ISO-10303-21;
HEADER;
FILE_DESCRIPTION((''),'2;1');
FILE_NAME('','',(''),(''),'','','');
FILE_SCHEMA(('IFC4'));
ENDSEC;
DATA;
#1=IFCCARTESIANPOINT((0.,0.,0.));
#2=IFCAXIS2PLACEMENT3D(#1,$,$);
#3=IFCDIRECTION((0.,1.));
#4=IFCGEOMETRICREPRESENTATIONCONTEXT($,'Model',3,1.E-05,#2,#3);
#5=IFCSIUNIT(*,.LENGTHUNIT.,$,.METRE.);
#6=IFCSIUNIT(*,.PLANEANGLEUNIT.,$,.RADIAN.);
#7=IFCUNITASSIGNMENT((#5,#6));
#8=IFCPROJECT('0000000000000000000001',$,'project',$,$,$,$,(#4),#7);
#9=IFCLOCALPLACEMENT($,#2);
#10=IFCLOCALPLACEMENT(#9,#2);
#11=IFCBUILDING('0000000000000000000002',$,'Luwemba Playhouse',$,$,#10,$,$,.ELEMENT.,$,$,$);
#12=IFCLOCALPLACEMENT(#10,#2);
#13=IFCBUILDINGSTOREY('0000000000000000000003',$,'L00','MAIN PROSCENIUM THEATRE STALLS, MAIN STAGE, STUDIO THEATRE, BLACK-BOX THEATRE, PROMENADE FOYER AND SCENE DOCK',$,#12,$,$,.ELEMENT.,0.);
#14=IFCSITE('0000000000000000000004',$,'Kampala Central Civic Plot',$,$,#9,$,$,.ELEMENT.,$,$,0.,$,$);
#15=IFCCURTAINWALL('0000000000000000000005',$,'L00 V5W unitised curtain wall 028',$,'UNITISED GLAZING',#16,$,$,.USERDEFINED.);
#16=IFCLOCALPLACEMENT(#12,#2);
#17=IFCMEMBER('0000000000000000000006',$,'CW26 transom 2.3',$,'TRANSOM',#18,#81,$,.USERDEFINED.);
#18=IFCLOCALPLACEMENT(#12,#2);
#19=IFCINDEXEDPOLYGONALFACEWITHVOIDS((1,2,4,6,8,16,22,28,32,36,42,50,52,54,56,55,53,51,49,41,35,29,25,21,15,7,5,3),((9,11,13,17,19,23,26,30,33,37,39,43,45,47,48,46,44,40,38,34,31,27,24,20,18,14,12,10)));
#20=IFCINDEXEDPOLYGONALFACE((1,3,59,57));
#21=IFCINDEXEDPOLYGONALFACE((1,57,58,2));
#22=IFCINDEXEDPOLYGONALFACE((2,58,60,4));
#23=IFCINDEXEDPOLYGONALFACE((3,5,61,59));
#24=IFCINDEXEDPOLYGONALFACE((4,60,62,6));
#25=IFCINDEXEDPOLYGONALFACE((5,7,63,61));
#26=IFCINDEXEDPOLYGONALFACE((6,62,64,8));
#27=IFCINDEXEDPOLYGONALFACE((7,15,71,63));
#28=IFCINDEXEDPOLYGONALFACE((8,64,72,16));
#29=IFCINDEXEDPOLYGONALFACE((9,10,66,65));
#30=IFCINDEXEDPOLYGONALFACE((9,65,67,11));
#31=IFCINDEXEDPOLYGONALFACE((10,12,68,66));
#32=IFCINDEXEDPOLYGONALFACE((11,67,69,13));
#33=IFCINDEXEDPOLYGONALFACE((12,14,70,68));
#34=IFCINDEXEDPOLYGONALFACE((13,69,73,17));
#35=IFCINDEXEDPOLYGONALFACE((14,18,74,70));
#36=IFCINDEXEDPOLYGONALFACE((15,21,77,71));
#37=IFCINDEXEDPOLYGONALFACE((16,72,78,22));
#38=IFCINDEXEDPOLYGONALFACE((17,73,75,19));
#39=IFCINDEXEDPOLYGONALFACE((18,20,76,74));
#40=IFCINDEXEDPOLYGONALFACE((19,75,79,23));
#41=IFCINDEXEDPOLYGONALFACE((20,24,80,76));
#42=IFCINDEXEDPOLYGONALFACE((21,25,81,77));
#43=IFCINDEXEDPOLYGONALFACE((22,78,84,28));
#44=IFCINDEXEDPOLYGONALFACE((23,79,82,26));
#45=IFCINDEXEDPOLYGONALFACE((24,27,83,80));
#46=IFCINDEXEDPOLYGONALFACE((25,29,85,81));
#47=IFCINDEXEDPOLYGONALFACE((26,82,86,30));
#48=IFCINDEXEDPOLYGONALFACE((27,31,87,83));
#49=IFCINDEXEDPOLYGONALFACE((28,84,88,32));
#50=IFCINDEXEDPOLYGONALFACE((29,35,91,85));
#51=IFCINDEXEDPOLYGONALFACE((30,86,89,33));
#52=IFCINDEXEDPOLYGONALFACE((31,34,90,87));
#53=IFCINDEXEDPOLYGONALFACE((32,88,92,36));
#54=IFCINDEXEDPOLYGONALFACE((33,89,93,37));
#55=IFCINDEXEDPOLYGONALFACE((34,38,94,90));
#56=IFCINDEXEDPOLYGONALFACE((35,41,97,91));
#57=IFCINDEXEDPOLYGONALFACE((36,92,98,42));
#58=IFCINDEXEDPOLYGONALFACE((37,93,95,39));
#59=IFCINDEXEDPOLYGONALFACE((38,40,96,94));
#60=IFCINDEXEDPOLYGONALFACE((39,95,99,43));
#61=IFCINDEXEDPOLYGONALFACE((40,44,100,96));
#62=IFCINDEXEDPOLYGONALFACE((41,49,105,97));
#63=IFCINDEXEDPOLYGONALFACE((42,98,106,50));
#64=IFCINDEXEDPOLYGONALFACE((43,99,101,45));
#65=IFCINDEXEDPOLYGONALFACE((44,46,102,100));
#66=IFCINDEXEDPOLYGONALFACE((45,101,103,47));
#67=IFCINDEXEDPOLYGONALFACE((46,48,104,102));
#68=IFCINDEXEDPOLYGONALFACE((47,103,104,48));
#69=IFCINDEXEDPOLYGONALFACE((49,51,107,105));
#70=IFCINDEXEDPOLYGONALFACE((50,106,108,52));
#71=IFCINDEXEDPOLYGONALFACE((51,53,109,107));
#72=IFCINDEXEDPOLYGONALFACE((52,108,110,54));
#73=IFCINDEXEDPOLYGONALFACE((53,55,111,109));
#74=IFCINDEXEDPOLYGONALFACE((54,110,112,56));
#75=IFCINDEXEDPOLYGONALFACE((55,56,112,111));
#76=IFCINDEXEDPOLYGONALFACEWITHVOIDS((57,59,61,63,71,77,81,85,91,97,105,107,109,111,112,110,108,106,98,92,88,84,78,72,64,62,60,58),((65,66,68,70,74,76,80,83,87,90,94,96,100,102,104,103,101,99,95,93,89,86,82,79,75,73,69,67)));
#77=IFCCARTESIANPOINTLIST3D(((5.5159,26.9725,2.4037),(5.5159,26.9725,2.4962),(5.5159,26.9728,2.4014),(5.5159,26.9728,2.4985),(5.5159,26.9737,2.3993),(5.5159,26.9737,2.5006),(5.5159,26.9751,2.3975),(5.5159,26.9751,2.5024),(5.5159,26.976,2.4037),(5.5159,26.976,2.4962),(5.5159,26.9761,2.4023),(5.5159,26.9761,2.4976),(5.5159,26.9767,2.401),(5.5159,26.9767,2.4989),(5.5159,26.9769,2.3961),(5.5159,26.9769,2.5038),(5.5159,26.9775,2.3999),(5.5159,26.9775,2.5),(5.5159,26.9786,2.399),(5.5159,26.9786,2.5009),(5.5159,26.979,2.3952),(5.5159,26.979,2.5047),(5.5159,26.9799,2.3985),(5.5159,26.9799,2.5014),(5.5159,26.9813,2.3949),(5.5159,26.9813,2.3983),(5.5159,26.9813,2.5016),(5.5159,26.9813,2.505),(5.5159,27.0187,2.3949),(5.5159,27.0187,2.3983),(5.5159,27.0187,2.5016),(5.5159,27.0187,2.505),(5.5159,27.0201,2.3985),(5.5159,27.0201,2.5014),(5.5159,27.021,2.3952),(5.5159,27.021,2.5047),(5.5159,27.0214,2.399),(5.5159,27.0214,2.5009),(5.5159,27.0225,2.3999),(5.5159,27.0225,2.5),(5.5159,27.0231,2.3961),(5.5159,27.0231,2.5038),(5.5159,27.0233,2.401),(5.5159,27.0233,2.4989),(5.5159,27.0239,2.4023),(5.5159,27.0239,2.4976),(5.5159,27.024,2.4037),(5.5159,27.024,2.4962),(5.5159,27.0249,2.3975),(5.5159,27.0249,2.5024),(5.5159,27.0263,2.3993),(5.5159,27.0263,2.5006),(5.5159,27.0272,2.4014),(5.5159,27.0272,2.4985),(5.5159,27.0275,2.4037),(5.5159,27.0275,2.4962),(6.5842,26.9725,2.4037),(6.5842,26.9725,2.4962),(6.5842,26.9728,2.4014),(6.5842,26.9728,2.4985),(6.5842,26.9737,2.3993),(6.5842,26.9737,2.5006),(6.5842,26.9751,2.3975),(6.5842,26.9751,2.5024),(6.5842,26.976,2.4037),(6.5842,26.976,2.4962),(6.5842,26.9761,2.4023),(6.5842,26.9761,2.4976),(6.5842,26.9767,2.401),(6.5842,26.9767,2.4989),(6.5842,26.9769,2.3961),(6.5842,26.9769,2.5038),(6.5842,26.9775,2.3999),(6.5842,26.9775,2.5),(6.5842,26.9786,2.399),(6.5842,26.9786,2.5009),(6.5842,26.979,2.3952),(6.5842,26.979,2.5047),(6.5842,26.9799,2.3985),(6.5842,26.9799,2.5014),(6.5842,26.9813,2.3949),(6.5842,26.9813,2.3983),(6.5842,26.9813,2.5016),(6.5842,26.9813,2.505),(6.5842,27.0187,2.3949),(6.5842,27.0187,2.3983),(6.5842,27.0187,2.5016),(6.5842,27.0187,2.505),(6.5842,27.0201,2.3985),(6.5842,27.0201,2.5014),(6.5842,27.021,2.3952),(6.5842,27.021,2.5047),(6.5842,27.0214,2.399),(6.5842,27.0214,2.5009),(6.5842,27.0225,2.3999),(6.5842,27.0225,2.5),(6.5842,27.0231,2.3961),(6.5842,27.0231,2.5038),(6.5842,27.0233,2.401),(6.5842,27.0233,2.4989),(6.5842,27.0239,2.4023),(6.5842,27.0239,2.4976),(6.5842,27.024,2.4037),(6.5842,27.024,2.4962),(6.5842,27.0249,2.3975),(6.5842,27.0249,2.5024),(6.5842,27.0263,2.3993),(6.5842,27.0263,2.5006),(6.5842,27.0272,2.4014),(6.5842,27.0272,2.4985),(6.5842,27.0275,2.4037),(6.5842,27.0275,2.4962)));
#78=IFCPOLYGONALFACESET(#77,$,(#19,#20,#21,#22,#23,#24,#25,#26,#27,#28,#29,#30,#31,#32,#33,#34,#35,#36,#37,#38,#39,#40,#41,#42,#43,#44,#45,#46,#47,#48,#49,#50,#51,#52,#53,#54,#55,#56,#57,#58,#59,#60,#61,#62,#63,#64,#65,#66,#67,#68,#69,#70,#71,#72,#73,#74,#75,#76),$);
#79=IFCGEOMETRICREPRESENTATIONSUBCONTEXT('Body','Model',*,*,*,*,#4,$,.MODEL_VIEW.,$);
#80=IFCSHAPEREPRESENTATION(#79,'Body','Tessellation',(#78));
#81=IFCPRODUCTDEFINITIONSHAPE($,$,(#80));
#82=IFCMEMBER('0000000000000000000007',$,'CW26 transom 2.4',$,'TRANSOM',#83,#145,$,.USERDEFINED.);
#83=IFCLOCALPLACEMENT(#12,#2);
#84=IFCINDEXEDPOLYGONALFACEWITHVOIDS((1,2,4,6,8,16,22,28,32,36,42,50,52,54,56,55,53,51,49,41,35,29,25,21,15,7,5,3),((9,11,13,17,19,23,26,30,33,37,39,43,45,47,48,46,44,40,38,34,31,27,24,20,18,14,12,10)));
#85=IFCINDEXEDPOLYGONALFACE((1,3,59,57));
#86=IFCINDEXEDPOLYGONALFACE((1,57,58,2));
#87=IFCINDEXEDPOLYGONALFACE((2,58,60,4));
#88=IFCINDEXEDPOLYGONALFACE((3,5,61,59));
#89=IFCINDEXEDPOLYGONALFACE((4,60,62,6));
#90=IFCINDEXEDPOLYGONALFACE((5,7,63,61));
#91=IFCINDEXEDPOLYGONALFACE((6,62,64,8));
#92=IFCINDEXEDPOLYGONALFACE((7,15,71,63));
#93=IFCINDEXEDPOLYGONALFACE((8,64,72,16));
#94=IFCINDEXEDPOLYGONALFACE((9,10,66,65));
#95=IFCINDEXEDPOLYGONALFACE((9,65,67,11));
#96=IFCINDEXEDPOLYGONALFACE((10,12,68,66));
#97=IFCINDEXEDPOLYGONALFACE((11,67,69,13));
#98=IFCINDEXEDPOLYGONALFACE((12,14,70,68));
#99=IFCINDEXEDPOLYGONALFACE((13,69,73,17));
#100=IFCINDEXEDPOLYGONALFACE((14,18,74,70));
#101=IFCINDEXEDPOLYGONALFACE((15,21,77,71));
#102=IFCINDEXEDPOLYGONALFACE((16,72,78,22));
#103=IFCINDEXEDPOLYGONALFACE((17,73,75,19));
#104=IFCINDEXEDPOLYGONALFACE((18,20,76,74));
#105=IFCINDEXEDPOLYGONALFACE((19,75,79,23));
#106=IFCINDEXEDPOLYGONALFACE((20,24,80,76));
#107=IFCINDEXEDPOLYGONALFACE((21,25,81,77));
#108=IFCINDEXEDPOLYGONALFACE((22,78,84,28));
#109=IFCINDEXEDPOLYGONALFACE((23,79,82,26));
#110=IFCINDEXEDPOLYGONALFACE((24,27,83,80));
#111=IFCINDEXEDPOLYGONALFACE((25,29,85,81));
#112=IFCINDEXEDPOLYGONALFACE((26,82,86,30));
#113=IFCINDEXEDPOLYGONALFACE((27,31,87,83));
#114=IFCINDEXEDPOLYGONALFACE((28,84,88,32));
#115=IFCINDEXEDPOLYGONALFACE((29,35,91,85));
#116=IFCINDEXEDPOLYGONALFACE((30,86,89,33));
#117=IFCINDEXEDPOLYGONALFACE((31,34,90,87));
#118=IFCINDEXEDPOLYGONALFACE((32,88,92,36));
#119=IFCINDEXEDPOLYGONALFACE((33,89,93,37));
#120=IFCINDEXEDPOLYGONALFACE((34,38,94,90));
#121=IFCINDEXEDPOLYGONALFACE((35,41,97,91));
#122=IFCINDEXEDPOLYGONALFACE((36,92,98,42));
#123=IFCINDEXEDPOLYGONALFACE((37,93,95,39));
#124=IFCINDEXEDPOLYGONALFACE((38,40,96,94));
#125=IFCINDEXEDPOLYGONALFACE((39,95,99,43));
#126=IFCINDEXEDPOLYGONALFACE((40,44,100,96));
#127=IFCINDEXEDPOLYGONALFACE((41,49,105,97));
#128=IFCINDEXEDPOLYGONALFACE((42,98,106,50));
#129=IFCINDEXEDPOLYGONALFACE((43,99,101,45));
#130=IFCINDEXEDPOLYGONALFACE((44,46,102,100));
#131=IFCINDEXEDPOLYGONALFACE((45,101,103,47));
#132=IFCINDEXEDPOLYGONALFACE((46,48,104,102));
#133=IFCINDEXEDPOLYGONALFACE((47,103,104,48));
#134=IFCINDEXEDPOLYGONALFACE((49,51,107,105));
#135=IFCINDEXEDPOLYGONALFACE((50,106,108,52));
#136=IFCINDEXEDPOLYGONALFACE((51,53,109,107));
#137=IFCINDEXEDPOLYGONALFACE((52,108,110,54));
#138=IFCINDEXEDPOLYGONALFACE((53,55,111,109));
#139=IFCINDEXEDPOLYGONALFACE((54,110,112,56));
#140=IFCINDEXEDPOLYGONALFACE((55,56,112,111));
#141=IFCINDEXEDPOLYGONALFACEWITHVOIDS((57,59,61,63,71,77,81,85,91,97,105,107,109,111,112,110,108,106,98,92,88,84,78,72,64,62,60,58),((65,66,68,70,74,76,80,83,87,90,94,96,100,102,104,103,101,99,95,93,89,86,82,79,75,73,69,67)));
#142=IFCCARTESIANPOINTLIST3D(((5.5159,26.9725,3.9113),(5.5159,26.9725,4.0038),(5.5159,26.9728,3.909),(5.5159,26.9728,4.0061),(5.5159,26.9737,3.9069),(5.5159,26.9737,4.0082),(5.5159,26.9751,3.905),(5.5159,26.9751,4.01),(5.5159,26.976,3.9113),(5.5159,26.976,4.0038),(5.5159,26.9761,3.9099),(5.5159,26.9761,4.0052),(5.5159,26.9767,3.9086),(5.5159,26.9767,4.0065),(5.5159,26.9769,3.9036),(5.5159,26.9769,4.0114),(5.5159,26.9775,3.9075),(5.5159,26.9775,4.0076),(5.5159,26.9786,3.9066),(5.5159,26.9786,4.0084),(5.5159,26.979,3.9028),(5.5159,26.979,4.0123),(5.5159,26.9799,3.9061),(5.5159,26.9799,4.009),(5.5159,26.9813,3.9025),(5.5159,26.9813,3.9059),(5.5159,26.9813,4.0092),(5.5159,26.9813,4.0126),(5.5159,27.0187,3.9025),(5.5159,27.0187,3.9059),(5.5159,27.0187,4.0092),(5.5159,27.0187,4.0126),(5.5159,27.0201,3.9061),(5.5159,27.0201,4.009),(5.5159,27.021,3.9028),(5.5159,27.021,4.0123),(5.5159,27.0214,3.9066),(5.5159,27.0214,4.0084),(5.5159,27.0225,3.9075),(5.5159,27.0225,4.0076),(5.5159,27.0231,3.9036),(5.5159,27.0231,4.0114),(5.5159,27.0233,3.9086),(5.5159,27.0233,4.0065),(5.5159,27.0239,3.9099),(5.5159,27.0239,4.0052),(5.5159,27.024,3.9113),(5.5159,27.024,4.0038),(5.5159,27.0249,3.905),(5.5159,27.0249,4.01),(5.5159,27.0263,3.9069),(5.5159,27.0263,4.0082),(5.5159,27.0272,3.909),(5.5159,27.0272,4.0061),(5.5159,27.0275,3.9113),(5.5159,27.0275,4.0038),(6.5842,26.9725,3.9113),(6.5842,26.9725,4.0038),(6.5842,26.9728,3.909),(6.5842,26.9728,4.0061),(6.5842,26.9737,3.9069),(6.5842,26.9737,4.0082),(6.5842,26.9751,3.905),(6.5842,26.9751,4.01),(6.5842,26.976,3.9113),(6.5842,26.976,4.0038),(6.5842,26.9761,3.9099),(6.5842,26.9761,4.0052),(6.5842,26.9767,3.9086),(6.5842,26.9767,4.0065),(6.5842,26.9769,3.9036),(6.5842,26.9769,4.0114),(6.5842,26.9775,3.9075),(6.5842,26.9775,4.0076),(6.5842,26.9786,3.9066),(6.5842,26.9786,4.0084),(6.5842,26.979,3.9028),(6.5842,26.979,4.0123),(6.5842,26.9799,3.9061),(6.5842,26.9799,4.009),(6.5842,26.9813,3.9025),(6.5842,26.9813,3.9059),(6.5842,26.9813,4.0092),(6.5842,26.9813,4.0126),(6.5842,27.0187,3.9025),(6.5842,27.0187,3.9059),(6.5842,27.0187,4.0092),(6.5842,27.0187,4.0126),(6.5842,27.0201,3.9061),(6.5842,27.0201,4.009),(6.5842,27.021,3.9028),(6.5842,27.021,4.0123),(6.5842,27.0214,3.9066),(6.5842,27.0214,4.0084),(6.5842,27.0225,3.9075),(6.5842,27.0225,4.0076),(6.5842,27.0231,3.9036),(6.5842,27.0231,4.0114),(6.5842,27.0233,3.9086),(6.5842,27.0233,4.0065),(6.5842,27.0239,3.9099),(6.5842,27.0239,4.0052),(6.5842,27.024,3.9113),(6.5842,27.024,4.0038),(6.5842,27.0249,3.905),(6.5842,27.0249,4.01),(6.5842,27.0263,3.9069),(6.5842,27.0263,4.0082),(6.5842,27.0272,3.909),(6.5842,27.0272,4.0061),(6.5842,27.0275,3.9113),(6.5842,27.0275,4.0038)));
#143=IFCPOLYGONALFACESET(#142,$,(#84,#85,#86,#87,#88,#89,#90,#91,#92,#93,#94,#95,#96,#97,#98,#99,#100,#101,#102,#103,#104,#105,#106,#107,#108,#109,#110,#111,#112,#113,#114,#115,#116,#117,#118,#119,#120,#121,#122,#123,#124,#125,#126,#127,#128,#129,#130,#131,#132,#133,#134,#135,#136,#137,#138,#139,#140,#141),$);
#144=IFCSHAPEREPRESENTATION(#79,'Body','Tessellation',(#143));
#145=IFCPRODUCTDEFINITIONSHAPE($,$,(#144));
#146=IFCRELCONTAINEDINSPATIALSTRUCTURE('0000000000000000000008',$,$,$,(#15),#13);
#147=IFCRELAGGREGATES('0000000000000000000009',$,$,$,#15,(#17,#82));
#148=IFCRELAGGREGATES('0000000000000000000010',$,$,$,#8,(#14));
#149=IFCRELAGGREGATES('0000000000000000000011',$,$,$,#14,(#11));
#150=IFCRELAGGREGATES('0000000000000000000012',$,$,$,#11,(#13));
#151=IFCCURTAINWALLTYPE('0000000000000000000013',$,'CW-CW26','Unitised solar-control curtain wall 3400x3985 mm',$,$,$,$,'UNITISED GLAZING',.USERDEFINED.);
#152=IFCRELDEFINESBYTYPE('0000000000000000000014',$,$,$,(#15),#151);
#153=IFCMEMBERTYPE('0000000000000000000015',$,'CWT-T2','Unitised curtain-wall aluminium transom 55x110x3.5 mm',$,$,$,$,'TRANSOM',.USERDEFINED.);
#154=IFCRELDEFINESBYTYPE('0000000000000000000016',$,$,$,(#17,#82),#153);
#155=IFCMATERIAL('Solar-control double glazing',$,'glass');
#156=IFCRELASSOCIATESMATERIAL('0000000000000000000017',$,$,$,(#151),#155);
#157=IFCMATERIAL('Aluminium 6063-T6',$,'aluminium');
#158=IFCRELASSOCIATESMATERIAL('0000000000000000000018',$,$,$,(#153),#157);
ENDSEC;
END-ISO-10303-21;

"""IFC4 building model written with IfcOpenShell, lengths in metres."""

from ifc_helpers import new_model, si_unit, direction, frame, origin, origin_2d, place, context, subcontext, project, spatial, hollow_rectangle, extrude, material, material_profile, profile_set, type_object, element, aggregate, save


model = new_model("IFC4")

# Units and contexts
model_context = context("Model", 3, precision=1e-05, world=origin(), true_north=direction((0.0, 1.0)))
body_context = subcontext(model_context, "Body", "Model", "MODEL_VIEW")
ifc_project = project(units=[si_unit("LENGTHUNIT", "METRE"), si_unit("PLANEANGLEUNIT", "RADIAN")], contexts=[model_context])

# Site, building, storey
site_placement = place(None, origin())
site = spatial("IfcSite", under=ifc_project, at=site_placement, Name="Kampala Central Civic Plot", CompositionType="ELEMENT", RefElevation=0.0)
building_placement = place(site_placement, origin())
building = spatial("IfcBuilding", under=site, at=building_placement, Name="Luwemba Playhouse", CompositionType="ELEMENT")
storey_placement = place(building_placement, origin())
storey = spatial("IfcBuildingStorey", under=building, at=storey_placement, Name="L00", Description="MAIN PROSCENIUM THEATRE STALLS, MAIN STAGE, STUDIO THEATRE, BLACK-BOX THEATRE, PROMENADE FOYER AND SCENE DOCK", CompositionType="ELEMENT", Elevation=0.0)

# Curtain wall
ifc_material_1 = material(Name="Solar-control double glazing", Category="glass")
curtain_wall_type_1 = type_object("IfcCurtainWallType", Name="CW-CW26", Description="Unitised solar-control curtain wall 3400x3985 mm", ElementType="UNITISED GLAZING", PredefinedType="USERDEFINED", material=ifc_material_1)
curtain_wall_1_placement = place(storey_placement, origin())
curtain_wall_1 = element("IfcCurtainWall", 1, at=curtain_wall_1_placement, inside=storey, type_object=curtain_wall_type_1, Name="L00 V5W unitised curtain wall 028", ObjectType="UNITISED GLAZING", PredefinedType="USERDEFINED")
ifc_material_2 = material(Name="Aluminium 6063-T6", Category="aluminium")

# Members
ifc_material_profile_1 = material_profile(ifc_material_2, hollow_rectangle(XDim=0.0549, YDim=0.1101, WallThickness=0.0034, InnerFilletRadius=0.0054, OuterFilletRadius=0.0088, at=origin_2d()))
ifc_profile_set_1 = profile_set([ifc_material_profile_1], Name="Aluminium 6063-T6")
member_type_1 = type_object("IfcMemberType", Name="CWT-T2", Description="Unitised curtain-wall aluminium transom 55x110x3.5 mm", ElementType="TRANSOM", PredefinedType="USERDEFINED", material=ifc_profile_set_1)
member_1_placement = place(storey_placement, frame((5.5159, 27.0, 2.45), z_axis=(1.0, 0.0, 0.0), x_axis=(0.0, 1.0, 0.0)))
member_1 = element("IfcMember", 2, at=member_1_placement, type_object=member_type_1, Name="CW26 transom 2.3", ObjectType="TRANSOM", PredefinedType="USERDEFINED", context=body_context, shape_type="SweptSolid", body=[
    extrude(hollow_rectangle(XDim=0.0549, YDim=0.1101, WallThickness=0.0034, InnerFilletRadius=0.0054, OuterFilletRadius=0.0088, at=origin_2d()), origin(), (0.0, 0.0, 1.0), 1.0684),
])
member_2_placement = place(storey_placement, frame((5.5159, 27.0, 3.9575), z_axis=(1.0, 0.0, 0.0), x_axis=(0.0, 1.0, 0.0)))
member_2 = element("IfcMember", 3, at=member_2_placement, type_object=member_type_1, Name="CW26 transom 2.4", ObjectType="TRANSOM", PredefinedType="USERDEFINED", context=body_context, shape_type="SweptSolid", body=[
    extrude(hollow_rectangle(XDim=0.0549, YDim=0.1101, WallThickness=0.0034, InnerFilletRadius=0.0054, OuterFilletRadius=0.0088, at=origin_2d()), origin(), (0.0, 0.0, 1.0), 1.0684),
])

aggregate(curtain_wall_1, [member_1, member_2])

save(model, "model.ifc")
